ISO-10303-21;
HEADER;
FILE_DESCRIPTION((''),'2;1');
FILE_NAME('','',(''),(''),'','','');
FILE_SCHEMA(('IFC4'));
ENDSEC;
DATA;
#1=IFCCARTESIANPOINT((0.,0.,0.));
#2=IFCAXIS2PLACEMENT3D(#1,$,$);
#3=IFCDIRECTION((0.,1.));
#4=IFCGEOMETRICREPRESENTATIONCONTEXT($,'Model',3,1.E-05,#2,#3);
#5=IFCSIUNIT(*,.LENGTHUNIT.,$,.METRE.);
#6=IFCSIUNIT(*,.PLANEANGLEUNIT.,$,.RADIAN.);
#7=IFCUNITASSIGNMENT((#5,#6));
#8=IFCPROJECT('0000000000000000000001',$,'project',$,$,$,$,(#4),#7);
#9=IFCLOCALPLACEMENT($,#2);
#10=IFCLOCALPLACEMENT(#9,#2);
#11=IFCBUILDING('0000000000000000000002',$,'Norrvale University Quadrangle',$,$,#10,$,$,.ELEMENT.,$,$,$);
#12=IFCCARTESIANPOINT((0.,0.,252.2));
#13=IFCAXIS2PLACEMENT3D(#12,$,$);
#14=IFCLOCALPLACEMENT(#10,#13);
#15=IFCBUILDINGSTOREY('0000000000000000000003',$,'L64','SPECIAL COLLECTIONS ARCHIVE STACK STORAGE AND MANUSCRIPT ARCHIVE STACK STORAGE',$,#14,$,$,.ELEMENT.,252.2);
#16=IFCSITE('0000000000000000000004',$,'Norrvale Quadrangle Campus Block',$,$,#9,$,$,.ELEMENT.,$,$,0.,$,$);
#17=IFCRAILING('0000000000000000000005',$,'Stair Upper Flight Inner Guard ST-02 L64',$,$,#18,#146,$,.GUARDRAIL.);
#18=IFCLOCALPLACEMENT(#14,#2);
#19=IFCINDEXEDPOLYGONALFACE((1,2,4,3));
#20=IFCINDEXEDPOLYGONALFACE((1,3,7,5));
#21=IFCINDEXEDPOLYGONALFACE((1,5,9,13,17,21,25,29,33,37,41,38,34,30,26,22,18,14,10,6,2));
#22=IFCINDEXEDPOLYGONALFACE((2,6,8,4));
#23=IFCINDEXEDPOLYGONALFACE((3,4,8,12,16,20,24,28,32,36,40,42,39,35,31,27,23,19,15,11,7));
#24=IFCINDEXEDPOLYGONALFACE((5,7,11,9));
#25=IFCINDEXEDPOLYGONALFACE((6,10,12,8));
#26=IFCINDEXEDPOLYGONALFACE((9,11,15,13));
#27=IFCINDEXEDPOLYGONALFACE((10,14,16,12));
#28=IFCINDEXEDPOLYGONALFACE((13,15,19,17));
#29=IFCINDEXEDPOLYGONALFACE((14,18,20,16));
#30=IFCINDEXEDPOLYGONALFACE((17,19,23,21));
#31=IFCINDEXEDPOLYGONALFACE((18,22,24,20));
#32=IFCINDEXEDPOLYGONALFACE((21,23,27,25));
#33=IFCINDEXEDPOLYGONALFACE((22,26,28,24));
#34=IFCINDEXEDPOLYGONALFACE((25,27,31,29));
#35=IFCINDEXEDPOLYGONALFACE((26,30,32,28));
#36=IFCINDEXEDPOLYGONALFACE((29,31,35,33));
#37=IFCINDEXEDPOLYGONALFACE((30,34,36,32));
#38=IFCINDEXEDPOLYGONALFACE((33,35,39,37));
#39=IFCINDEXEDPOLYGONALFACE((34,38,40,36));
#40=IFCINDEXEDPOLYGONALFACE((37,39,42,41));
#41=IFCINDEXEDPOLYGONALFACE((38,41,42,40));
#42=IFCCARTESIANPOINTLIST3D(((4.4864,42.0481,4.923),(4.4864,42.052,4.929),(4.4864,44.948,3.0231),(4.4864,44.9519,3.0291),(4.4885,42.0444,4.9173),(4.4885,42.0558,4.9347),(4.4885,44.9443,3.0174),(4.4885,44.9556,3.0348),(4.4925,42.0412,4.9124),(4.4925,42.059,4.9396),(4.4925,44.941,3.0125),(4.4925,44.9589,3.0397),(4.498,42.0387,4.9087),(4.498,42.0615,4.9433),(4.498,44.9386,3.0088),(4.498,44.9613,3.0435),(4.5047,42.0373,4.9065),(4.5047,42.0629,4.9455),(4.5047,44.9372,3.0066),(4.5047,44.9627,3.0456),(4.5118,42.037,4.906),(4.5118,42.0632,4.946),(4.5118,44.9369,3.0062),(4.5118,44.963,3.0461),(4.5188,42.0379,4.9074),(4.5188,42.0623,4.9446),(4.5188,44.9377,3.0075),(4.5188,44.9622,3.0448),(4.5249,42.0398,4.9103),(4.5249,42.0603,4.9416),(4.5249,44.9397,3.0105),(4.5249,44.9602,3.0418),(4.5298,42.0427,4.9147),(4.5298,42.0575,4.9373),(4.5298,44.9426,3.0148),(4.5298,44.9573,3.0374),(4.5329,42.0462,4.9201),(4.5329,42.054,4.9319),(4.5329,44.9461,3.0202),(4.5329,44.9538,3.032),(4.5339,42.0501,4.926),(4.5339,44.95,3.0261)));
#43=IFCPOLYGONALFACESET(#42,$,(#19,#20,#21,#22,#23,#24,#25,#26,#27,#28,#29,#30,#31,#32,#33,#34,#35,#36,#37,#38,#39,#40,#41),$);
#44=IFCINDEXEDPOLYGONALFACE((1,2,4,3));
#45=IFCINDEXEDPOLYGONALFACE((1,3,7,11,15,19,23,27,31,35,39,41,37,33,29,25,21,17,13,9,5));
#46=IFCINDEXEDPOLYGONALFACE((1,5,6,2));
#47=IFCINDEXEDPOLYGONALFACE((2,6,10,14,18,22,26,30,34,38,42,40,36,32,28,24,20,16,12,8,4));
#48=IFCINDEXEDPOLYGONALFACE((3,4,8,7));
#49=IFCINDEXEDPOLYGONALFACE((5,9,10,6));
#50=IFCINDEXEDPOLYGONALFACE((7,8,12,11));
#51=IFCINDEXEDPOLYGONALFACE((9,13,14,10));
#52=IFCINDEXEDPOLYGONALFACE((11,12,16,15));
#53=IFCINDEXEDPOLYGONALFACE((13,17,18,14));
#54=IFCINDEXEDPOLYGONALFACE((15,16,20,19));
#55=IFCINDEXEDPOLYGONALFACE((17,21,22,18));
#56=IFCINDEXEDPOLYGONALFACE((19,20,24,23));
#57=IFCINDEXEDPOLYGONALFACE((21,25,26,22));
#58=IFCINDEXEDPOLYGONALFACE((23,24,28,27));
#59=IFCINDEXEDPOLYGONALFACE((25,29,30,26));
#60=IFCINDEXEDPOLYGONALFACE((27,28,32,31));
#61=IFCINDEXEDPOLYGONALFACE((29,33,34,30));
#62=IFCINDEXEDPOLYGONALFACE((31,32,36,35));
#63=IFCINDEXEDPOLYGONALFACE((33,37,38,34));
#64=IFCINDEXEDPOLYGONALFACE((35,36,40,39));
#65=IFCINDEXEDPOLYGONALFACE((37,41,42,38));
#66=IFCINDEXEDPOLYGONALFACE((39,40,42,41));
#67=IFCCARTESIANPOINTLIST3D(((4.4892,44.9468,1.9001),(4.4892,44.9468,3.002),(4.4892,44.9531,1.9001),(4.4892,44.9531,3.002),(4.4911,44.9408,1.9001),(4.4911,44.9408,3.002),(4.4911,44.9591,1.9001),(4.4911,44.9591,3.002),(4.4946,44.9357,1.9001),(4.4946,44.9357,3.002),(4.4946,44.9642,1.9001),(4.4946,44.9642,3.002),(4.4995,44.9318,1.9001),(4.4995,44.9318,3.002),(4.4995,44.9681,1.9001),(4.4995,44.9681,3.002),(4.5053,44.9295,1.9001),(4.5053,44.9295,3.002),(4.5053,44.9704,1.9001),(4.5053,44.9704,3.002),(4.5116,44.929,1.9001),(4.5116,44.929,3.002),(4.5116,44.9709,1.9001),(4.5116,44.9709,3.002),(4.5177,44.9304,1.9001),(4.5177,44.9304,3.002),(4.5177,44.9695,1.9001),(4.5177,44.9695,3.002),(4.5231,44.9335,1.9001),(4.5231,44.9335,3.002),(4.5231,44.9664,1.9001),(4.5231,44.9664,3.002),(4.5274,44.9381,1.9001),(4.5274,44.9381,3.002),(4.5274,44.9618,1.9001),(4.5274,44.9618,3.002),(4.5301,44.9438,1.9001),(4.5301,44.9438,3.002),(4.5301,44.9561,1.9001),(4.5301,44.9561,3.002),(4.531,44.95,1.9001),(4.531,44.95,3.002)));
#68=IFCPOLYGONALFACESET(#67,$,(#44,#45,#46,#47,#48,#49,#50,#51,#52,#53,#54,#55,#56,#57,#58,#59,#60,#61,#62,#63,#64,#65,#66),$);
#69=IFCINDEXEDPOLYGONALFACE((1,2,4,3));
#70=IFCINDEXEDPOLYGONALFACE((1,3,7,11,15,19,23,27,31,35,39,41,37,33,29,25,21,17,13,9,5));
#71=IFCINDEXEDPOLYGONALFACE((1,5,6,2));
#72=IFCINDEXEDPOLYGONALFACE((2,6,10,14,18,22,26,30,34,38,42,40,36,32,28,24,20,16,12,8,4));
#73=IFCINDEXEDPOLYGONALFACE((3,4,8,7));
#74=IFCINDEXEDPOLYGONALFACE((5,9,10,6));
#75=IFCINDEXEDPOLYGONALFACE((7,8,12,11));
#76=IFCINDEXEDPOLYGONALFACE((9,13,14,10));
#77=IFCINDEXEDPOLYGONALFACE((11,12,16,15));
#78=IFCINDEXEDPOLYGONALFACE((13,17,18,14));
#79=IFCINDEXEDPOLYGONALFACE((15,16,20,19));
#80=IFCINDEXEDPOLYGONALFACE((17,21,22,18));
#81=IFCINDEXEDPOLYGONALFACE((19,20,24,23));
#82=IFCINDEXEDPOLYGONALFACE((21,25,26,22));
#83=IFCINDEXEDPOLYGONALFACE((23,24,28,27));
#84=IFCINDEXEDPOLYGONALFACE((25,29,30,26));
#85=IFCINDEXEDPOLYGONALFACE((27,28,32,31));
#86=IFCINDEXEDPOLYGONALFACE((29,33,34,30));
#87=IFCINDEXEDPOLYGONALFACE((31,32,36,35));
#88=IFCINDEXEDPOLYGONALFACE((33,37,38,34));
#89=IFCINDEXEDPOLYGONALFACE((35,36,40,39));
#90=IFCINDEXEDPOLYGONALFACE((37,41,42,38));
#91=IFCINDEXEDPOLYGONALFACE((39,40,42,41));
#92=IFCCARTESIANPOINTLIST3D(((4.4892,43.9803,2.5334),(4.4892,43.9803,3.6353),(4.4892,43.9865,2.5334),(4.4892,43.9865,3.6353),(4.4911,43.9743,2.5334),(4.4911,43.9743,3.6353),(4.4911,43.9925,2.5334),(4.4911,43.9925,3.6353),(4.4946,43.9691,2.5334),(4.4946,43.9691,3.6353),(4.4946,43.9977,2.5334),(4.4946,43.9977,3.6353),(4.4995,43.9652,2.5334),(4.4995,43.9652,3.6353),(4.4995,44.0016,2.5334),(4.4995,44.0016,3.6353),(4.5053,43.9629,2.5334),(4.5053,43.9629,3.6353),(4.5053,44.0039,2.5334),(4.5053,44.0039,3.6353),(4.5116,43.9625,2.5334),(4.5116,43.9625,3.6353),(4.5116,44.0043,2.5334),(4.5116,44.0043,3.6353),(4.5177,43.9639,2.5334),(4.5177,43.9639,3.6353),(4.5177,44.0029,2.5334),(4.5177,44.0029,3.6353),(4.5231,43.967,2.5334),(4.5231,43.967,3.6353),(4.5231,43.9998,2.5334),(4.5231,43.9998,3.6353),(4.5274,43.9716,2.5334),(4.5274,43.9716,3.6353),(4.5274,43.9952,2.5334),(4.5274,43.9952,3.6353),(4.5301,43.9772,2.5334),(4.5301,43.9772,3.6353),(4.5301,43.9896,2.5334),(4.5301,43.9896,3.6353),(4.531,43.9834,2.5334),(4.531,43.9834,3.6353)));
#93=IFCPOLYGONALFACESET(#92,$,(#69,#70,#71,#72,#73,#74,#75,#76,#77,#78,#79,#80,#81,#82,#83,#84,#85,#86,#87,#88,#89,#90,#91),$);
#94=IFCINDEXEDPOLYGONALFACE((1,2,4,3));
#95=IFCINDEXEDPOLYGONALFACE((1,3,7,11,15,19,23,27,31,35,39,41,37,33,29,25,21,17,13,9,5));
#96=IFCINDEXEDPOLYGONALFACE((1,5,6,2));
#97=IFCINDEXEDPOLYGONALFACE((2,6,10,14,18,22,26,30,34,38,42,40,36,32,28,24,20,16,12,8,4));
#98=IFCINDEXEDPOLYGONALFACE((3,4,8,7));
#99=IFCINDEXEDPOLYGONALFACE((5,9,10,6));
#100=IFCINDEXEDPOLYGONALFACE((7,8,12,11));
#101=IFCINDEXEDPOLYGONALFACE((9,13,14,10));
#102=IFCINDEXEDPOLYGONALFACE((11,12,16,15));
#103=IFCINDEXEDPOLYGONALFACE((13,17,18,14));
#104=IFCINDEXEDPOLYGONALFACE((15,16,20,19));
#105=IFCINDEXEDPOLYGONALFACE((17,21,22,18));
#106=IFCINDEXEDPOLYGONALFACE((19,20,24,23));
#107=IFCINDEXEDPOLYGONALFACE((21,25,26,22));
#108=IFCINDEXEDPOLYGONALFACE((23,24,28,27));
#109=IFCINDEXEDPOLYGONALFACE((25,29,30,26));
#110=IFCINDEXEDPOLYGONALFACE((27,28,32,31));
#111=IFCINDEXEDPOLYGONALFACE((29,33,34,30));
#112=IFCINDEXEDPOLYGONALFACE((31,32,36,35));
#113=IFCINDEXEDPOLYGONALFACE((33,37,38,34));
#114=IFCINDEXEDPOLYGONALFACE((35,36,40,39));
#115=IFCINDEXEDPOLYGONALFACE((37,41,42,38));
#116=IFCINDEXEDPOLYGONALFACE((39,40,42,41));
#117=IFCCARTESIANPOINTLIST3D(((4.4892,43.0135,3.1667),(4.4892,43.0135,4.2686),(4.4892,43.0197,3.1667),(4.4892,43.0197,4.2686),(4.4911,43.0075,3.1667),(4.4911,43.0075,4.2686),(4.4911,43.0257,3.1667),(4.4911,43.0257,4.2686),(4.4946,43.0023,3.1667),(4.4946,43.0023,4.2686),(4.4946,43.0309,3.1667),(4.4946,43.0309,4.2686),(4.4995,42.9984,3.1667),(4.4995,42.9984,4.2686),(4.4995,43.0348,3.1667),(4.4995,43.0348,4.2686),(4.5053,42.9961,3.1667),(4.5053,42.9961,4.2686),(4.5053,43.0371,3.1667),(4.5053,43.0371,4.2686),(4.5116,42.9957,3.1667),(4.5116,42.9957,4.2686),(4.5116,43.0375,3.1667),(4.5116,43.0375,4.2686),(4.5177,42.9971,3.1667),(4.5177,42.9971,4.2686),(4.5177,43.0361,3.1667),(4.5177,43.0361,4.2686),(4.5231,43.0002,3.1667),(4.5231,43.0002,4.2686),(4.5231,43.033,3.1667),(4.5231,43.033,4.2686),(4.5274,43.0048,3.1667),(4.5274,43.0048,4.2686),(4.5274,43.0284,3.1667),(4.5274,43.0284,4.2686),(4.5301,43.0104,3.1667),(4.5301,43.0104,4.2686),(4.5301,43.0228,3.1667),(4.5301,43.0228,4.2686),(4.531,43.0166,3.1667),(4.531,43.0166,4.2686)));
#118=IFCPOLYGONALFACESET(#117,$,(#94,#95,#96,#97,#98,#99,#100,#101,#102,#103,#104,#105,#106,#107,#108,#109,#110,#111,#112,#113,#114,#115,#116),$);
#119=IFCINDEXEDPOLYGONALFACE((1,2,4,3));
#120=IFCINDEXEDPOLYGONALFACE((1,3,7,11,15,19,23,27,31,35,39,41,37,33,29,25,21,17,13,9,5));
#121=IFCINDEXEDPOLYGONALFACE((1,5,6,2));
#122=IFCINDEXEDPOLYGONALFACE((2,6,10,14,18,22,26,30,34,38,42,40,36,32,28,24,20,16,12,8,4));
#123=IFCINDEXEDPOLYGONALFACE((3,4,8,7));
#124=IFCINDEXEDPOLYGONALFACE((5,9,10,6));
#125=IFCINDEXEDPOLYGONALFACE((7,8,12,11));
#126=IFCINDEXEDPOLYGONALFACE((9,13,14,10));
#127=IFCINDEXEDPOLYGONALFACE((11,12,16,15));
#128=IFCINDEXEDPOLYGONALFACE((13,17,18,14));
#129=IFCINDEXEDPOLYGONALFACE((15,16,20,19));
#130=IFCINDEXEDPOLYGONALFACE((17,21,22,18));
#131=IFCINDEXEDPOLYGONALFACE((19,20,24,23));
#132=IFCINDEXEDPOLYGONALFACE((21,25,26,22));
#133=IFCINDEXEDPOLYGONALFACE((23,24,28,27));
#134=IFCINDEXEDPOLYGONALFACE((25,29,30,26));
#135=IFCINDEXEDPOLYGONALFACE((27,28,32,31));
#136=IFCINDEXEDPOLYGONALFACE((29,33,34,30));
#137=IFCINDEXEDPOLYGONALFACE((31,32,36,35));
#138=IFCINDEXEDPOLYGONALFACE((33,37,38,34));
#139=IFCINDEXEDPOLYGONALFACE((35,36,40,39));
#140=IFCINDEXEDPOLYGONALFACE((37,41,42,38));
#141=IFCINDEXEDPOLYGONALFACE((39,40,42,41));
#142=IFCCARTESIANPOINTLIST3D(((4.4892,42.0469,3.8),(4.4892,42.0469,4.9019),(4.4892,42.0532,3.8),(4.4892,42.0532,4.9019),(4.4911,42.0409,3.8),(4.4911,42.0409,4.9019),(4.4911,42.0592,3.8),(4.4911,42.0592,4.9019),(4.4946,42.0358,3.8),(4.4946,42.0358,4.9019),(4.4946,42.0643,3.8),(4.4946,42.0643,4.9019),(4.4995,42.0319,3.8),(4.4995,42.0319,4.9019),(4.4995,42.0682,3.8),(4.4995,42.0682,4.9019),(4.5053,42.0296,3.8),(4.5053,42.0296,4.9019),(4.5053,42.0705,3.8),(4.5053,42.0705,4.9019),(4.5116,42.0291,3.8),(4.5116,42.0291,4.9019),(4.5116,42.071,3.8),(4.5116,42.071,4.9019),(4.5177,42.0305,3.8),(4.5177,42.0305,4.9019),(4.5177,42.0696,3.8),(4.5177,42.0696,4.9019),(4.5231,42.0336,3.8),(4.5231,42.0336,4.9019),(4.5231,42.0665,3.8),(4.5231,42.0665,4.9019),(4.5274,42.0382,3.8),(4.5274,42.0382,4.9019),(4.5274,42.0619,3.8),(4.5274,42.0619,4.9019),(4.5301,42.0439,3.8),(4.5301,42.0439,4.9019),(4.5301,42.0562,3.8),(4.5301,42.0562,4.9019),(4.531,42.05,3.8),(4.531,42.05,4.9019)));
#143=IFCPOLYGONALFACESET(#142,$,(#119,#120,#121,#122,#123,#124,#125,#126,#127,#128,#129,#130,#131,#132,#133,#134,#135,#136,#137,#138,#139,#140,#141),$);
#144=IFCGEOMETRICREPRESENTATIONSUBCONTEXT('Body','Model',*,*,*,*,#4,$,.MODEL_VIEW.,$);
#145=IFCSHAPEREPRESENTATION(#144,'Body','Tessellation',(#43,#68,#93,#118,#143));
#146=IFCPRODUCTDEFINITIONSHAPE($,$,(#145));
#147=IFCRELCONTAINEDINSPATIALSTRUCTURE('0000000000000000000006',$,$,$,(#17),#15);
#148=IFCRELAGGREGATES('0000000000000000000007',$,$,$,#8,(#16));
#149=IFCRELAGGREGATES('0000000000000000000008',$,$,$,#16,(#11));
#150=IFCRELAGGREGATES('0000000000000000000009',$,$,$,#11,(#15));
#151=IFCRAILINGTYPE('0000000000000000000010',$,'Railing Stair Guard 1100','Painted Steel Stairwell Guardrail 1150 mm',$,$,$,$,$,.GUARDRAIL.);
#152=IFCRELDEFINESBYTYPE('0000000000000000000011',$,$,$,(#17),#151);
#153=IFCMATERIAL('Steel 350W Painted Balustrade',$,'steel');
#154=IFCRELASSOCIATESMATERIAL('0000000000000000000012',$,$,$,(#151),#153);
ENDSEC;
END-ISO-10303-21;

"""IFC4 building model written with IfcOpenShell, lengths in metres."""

from ifc_helpers import new_model, si_unit, direction, frame, origin, origin_2d, place, context, subcontext, project, spatial, circle, extrude, material, type_object, element, save


model = new_model("IFC4")

# Units and contexts
model_context = context("Model", 3, precision=1e-05, world=origin(), true_north=direction((0.0, 1.0)))
body_context = subcontext(model_context, "Body", "Model", "MODEL_VIEW")
ifc_project = project(units=[si_unit("LENGTHUNIT", "METRE"), si_unit("PLANEANGLEUNIT", "RADIAN")], contexts=[model_context])

# Site, building, storey
site_placement = place(None, origin())
site = spatial("IfcSite", under=ifc_project, at=site_placement, Name="Norrvale Quadrangle Campus Block", CompositionType="ELEMENT", RefElevation=0.0)
building_placement = place(site_placement, origin())
building = spatial("IfcBuilding", under=site, at=building_placement, Name="Norrvale University Quadrangle", CompositionType="ELEMENT")
storey_placement = place(building_placement, frame((0.0, 0.0, 252.2)))
storey = spatial("IfcBuildingStorey", under=building, at=storey_placement, Name="L64", Description="SPECIAL COLLECTIONS ARCHIVE STACK STORAGE AND MANUSCRIPT ARCHIVE STACK STORAGE", CompositionType="ELEMENT", Elevation=252.2)

# Railing
ifc_material_1 = material(Name="Steel 350W Painted Balustrade", Category="steel")
railing_type_1 = type_object("IfcRailingType", Name="Railing Stair Guard 1100", Description="Painted Steel Stairwell Guardrail 1150 mm", PredefinedType="GUARDRAIL", material=ifc_material_1)
railing_1_placement = place(storey_placement, frame((4.51, 44.95, 1.9001)))
element("IfcRailing", 1, at=railing_1_placement, inside=storey, type_object=railing_type_1, Name="Stair Upper Flight Inner Guard ST-02 L64", PredefinedType="GUARDRAIL", context=body_context, shape_type="SweptSolid", body=[
    extrude(circle(Radius=0.0239, at=origin_2d()), frame((0.0, 0.0, 1.126), z_axis=(0.0, -0.836466, 0.548019), x_axis=(1.0, 0.0, 0.0)), (0.0, 0.0, 1.0), 3.4668),
    extrude(circle(Radius=0.021, at=origin_2d()), origin(), (0.0, 0.0, 1.0), 1.1018),
    extrude(circle(Radius=0.021, at=origin_2d()), frame((0.0, -0.9666, 0.6333)), (0.0, 0.0, 1.0), 1.1018),
    extrude(circle(Radius=0.021, at=origin_2d()), frame((0.0, -1.9333, 1.2666)), (0.0, 0.0, 1.0), 1.1018),
    extrude(circle(Radius=0.021, at=origin_2d()), frame((0.0, -2.8999, 1.8999)), (0.0, 0.0, 1.0), 1.1018),
])

save(model, "model.ifc")
